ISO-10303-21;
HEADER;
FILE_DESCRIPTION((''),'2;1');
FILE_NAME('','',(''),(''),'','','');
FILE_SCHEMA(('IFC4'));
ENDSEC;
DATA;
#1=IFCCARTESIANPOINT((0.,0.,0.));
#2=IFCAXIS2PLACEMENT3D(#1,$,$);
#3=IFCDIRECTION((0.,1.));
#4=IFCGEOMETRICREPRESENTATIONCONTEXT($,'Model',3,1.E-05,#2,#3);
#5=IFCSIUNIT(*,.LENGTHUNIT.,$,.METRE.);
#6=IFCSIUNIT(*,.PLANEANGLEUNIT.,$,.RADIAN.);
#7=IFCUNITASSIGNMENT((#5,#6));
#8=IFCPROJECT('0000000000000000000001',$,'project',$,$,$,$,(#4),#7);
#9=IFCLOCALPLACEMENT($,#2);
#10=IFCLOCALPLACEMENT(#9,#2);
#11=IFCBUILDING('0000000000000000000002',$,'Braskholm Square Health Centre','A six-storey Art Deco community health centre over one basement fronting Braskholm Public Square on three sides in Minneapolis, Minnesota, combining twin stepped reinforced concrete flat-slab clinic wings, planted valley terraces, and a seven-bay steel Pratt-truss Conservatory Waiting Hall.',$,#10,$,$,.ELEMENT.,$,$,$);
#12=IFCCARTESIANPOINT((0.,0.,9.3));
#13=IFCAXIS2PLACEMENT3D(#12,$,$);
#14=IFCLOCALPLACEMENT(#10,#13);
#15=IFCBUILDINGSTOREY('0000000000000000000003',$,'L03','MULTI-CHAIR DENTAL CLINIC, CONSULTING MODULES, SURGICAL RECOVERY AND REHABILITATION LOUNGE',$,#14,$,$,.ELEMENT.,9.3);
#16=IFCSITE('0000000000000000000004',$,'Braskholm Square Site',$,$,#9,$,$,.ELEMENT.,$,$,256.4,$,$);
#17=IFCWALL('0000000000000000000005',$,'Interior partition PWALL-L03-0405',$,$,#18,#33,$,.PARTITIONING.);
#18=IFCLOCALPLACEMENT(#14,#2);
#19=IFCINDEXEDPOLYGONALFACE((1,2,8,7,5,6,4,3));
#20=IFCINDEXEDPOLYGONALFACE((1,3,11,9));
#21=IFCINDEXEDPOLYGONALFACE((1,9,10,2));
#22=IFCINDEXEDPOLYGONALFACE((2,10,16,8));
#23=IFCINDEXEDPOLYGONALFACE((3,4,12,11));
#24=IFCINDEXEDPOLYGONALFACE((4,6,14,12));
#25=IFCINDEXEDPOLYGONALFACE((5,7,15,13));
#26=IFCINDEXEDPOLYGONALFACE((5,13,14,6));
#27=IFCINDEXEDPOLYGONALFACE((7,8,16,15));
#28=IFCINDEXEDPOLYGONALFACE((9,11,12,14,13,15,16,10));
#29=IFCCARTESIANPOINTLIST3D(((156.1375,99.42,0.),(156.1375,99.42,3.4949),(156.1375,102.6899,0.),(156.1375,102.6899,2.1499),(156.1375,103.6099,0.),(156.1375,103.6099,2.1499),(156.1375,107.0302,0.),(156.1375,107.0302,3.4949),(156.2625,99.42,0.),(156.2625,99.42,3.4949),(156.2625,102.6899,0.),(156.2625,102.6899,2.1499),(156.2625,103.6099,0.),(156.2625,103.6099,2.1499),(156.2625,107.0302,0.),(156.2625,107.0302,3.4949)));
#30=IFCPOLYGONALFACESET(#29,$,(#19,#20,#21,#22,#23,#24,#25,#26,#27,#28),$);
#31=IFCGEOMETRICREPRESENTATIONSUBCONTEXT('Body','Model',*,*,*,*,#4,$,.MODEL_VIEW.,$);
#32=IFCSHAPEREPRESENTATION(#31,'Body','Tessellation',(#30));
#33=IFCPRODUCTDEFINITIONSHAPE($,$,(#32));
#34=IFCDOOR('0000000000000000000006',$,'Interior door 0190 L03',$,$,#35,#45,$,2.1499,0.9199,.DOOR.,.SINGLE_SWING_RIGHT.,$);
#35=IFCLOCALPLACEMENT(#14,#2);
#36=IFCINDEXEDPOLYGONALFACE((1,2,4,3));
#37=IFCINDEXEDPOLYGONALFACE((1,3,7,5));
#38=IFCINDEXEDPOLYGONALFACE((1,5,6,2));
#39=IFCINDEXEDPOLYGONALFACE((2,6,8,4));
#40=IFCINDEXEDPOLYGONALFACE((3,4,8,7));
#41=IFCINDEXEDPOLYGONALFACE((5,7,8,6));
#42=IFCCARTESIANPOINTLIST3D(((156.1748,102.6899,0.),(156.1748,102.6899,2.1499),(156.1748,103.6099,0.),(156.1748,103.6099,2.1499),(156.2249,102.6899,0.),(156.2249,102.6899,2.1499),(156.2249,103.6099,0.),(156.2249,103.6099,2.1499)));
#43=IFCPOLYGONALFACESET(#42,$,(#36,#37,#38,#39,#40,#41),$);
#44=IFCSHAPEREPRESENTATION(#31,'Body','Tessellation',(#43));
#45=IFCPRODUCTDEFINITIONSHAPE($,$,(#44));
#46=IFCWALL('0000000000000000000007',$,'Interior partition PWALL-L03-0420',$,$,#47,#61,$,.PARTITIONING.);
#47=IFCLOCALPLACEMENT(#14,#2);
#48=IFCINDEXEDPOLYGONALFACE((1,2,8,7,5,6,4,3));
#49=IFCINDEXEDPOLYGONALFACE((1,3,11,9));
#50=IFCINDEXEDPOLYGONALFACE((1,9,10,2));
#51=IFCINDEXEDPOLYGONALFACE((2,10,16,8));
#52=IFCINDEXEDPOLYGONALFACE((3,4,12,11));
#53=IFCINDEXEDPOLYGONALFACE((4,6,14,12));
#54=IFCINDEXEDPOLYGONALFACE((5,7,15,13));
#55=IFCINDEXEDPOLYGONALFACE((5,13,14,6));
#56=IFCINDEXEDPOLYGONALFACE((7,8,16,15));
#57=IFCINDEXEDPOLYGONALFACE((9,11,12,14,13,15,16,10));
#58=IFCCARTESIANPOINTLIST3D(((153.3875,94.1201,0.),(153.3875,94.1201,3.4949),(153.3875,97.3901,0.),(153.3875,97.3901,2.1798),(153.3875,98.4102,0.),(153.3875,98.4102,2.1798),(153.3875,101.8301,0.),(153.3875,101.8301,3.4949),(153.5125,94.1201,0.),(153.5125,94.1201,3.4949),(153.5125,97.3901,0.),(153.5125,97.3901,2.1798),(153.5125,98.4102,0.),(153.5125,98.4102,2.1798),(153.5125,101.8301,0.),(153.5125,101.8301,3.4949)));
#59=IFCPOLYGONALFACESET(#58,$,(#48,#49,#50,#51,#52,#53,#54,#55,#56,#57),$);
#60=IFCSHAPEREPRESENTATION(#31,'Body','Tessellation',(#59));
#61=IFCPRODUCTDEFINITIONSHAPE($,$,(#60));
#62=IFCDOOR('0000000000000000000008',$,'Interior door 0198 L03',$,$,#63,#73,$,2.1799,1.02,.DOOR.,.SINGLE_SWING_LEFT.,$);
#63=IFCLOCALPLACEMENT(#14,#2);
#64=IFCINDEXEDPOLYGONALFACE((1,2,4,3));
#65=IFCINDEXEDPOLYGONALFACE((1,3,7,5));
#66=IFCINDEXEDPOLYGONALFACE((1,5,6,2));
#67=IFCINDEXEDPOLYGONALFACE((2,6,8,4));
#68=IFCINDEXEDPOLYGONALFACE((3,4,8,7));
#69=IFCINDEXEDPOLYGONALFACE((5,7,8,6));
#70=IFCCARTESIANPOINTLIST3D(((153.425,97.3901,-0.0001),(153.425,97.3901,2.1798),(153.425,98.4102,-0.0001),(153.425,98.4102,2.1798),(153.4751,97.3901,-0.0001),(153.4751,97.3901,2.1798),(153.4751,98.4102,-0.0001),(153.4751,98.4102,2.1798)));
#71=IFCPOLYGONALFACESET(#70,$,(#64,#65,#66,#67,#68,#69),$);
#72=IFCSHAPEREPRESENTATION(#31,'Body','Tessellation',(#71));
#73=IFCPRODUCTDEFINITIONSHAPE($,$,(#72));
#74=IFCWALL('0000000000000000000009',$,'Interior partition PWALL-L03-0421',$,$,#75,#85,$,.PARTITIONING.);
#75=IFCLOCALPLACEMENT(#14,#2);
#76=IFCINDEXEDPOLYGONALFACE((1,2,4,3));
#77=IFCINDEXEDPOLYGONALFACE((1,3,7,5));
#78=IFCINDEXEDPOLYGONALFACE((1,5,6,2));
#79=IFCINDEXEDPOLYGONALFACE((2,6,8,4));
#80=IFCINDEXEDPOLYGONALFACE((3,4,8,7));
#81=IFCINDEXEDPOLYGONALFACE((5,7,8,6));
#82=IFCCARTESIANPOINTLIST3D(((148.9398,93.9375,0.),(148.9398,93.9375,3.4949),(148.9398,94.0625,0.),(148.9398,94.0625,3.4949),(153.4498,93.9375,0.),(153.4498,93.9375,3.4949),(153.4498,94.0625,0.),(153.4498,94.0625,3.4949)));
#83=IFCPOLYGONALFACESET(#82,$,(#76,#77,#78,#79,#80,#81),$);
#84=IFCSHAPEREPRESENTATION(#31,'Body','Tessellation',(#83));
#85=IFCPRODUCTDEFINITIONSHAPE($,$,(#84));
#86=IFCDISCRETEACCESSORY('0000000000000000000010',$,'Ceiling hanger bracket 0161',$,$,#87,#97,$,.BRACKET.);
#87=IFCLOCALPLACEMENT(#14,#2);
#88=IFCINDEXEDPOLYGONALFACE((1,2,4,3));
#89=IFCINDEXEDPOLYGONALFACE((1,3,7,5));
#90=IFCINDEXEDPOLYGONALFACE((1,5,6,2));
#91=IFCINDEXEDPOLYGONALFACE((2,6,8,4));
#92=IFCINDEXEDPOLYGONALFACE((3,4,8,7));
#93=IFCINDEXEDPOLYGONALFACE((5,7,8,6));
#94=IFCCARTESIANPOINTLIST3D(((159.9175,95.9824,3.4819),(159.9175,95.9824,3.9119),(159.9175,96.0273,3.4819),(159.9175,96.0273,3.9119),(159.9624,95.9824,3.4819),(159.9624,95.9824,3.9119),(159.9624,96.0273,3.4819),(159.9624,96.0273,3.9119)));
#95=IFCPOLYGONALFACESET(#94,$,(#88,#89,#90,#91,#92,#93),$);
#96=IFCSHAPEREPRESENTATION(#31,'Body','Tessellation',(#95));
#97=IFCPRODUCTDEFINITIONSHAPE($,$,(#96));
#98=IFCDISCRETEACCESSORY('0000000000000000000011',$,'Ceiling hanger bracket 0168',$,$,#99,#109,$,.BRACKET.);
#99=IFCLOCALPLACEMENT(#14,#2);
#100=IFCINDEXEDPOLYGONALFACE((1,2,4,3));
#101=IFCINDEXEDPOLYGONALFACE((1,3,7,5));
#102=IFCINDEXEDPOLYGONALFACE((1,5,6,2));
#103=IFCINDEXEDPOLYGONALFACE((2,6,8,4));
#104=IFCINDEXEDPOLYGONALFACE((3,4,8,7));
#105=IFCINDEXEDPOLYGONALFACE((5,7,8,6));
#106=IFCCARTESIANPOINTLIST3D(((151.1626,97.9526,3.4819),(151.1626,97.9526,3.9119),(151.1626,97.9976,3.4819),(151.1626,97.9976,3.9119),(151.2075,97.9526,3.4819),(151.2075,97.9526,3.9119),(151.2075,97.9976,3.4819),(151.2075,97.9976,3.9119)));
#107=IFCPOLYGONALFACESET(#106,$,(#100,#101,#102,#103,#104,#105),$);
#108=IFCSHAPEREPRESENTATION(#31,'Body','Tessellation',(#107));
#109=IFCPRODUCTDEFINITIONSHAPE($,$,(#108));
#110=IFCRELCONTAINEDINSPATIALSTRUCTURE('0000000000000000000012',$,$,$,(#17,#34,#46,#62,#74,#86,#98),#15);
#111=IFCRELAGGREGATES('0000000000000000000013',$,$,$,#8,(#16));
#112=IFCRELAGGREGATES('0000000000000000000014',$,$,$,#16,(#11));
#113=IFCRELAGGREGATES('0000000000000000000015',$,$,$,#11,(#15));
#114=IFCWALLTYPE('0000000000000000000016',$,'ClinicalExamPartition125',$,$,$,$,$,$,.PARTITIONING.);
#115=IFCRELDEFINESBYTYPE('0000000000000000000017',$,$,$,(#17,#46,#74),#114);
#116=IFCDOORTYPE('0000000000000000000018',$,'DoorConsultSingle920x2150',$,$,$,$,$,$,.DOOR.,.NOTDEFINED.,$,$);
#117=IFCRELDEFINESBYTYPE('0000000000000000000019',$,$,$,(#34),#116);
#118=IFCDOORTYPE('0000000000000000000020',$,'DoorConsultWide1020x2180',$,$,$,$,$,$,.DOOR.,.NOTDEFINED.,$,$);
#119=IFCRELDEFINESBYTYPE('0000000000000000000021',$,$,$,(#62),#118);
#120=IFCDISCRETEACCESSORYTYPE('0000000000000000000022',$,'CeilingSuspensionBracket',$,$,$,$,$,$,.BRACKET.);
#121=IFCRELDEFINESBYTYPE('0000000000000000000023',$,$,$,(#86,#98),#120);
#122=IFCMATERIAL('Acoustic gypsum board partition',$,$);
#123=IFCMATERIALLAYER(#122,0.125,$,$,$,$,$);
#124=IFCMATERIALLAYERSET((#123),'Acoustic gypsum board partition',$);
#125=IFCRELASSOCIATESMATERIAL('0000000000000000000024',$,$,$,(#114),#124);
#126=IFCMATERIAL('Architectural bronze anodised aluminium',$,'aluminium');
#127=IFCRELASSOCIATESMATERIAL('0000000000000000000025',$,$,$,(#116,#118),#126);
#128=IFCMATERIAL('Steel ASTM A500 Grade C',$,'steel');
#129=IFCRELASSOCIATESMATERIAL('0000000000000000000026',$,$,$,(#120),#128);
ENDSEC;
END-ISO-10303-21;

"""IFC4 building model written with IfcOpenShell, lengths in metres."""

from ifc_helpers import new_model, si_unit, direction, frame, frame_2d, origin, origin_with_axes, origin_2d, place, context, subcontext, project, spatial, rectangle, extrude, material, layer, layer_set, type_object, element, fill, save


model = new_model("IFC4")

# Units and contexts
model_context = context("Model", 3, precision=1e-05, world=origin(), true_north=direction((0.0, 1.0)))
body_context = subcontext(model_context, "Body", "Model", "MODEL_VIEW")
ifc_project = project(units=[si_unit("LENGTHUNIT", "METRE"), si_unit("PLANEANGLEUNIT", "RADIAN")], contexts=[model_context])

# Site, building, storey
site_placement = place(None, origin())
site = spatial("IfcSite", under=ifc_project, at=site_placement, Name="Braskholm Square Site", CompositionType="ELEMENT", RefElevation=256.4)
building_placement = place(site_placement, origin())
building = spatial("IfcBuilding", under=site, at=building_placement, Name="Braskholm Square Health Centre", Description="A six-storey Art Deco community health centre over one basement fronting Braskholm Public Square on three sides in Minneapolis, Minnesota, combining twin stepped reinforced concrete flat-slab clinic wings, planted valley terraces, and a seven-bay steel Pratt-truss Conservatory Waiting Hall.", CompositionType="ELEMENT")
storey_placement = place(building_placement, frame((0.0, 0.0, 9.3)))
storey = spatial("IfcBuildingStorey", under=building, at=storey_placement, Name="L03", Description="MULTI-CHAIR DENTAL CLINIC, CONSULTING MODULES, SURGICAL RECOVERY AND REHABILITATION LOUNGE", CompositionType="ELEMENT", Elevation=9.3)

# Shared definitions
ifc_material_1 = material(Name="Architectural bronze anodised aluminium", Category="aluminium")

# Shared definitions
ifc_material_2 = material(Name="Acoustic gypsum board partition")
ifc_layer = layer(ifc_material_2, 0.125)
ifc_layer_set = layer_set([ifc_layer], Name="Acoustic gypsum board partition")
wall_type = type_object("IfcWallType", Name="ClinicalExamPartition125", PredefinedType="PARTITIONING", material=ifc_layer_set)

# Walls, openings, doors
wall_1_placement = place(storey_placement, frame((156.2, 99.4199, 0.0), z_axis=(0.0, 0.0, 1.0), x_axis=(0.0, 1.0, 0.0)))
wall_1 = element("IfcWall", 1, at=wall_1_placement, inside=storey, type_object=wall_type, Name="Interior partition PWALL-L03-0405", PredefinedType="PARTITIONING", context=body_context, shape_type="SweptSolid", body=[
    extrude(rectangle(XDim=7.6101, YDim=0.125, at=frame_2d((3.8052, 0.0))), origin(), (0.0, 0.0, 1.0), 3.4949),
])
opening_1_placement = place(wall_1_placement, frame((3.27, 0.0, 0.0)))
opening_1 = element("IfcOpeningElement", 2, at=opening_1_placement, cuts=wall_1, PredefinedType="OPENING", context=body_context, shape_type="SweptSolid", body=[
    extrude(rectangle(XDim=0.9199, YDim=2.1499, at=frame_2d((0.46, 1.075))), frame((0.0, 0.0725, 0.0), z_axis=(0.0, -1.0, 0.0), x_axis=(1.0, 0.0, 0.0)), (0.0, 0.0, 1.0), 0.145),
])
door_type_1 = type_object("IfcDoorType", Name="DoorConsultSingle920x2150", OperationType="NOTDEFINED", PredefinedType="DOOR", material=ifc_material_1)
door_1_placement = place(opening_1_placement, frame((0.9199, 0.0, 0.0), z_axis=(0.0, 0.0, 1.0), x_axis=(-1.0, 0.0, 0.0)))
door_1 = element("IfcDoor", 3, at=door_1_placement, inside=storey, type_object=door_type_1, Name="Interior door 0190 L03", OperationType="SINGLE_SWING_RIGHT", OverallHeight=2.1499, OverallWidth=0.9199, PredefinedType="DOOR", context=body_context, shape_type="SweptSolid", body=[
    extrude(rectangle(XDim=0.9199, YDim=2.1499, at=frame_2d((0.46, 1.075))), frame((0.0, 0.0249, 0.0), z_axis=(0.0, -1.0, 0.0), x_axis=(1.0, 0.0, 0.0)), (0.0, 0.0, 1.0), 0.05),
])
fill(opening_1, door_1)
wall_2_placement = place(storey_placement, frame((153.45, 94.1201, 0.0), z_axis=(0.0, 0.0, 1.0), x_axis=(0.0, 1.0, 0.0)))
wall_2 = element("IfcWall", 4, at=wall_2_placement, inside=storey, type_object=wall_type, Name="Interior partition PWALL-L03-0420", PredefinedType="PARTITIONING", context=body_context, shape_type="SweptSolid", body=[
    extrude(rectangle(XDim=7.71, YDim=0.125, at=frame_2d((3.855, 0.0))), origin(), (0.0, 0.0, 1.0), 3.4949),
])
opening_2_placement = place(wall_2_placement, frame((3.27, 0.0, 0.0)))
opening_2 = element("IfcOpeningElement", 5, at=opening_2_placement, cuts=wall_2, PredefinedType="OPENING", context=body_context, shape_type="SweptSolid", body=[
    extrude(rectangle(XDim=1.02, YDim=2.1799, at=frame_2d((0.51, 1.0898))), frame((0.0, 0.0725, 0.0), z_axis=(0.0, -1.0, 0.0), x_axis=(1.0, 0.0, 0.0)), (0.0, 0.0, 1.0), 0.145),
])
door_type_2 = type_object("IfcDoorType", Name="DoorConsultWide1020x2180", OperationType="NOTDEFINED", PredefinedType="DOOR", material=ifc_material_1)
door_2_placement = place(opening_2_placement, origin_with_axes())
door_2 = element("IfcDoor", 6, at=door_2_placement, inside=storey, type_object=door_type_2, Name="Interior door 0198 L03", OperationType="SINGLE_SWING_LEFT", OverallHeight=2.1799, OverallWidth=1.02, PredefinedType="DOOR", context=body_context, shape_type="SweptSolid", body=[
    extrude(rectangle(XDim=1.02, YDim=2.1799, at=frame_2d((0.51, 1.0898))), frame((0.0, 0.0249, 0.0), z_axis=(0.0, -1.0, 0.0), x_axis=(1.0, 0.0, 0.0)), (0.0, 0.0, 1.0), 0.05),
])
fill(opening_2, door_2)

# Wall
wall_3_placement = place(storey_placement, frame((148.9399, 94.0, 0.0), z_axis=(0.0, 0.0, 1.0), x_axis=(1.0, 0.0, 0.0)))
element("IfcWall", 7, at=wall_3_placement, inside=storey, type_object=wall_type, Name="Interior partition PWALL-L03-0421", PredefinedType="PARTITIONING", context=body_context, shape_type="SweptSolid", body=[
    extrude(rectangle(XDim=4.51, YDim=0.125, at=frame_2d((2.2549, 0.0))), origin(), (0.0, 0.0, 1.0), 3.4949),
])

# Discrete accessories
ifc_material_3 = material(Name="Steel ASTM A500 Grade C", Category="steel")
discrete_accessory_type = type_object("IfcDiscreteAccessoryType", Name="CeilingSuspensionBracket", PredefinedType="BRACKET", material=ifc_material_3)
for number, where, z_axis, x_axis, name in (
    (8, (159.9399, 96.0049, 3.4819), (0.0, 0.0, 1.0), (1.0, 0.0, 0.0), "Ceiling hanger bracket 0161"),
    (9, (151.1851, 97.9751, 3.4819), (0.0, 0.0, 1.0), (1.0, 0.0, 0.0), "Ceiling hanger bracket 0168"),
):
    element("IfcDiscreteAccessory", number, at=place(storey_placement, frame(where, z_axis=z_axis, x_axis=x_axis)), inside=storey, type_object=discrete_accessory_type, Name=name, PredefinedType="BRACKET", context=body_context, shape_type="SweptSolid", body=[
        extrude(rectangle(XDim=0.0449, YDim=0.0449, at=origin_2d()), origin(), (0.0, 0.0, 1.0), 0.4299),
    ])

save(model, "model.ifc")
